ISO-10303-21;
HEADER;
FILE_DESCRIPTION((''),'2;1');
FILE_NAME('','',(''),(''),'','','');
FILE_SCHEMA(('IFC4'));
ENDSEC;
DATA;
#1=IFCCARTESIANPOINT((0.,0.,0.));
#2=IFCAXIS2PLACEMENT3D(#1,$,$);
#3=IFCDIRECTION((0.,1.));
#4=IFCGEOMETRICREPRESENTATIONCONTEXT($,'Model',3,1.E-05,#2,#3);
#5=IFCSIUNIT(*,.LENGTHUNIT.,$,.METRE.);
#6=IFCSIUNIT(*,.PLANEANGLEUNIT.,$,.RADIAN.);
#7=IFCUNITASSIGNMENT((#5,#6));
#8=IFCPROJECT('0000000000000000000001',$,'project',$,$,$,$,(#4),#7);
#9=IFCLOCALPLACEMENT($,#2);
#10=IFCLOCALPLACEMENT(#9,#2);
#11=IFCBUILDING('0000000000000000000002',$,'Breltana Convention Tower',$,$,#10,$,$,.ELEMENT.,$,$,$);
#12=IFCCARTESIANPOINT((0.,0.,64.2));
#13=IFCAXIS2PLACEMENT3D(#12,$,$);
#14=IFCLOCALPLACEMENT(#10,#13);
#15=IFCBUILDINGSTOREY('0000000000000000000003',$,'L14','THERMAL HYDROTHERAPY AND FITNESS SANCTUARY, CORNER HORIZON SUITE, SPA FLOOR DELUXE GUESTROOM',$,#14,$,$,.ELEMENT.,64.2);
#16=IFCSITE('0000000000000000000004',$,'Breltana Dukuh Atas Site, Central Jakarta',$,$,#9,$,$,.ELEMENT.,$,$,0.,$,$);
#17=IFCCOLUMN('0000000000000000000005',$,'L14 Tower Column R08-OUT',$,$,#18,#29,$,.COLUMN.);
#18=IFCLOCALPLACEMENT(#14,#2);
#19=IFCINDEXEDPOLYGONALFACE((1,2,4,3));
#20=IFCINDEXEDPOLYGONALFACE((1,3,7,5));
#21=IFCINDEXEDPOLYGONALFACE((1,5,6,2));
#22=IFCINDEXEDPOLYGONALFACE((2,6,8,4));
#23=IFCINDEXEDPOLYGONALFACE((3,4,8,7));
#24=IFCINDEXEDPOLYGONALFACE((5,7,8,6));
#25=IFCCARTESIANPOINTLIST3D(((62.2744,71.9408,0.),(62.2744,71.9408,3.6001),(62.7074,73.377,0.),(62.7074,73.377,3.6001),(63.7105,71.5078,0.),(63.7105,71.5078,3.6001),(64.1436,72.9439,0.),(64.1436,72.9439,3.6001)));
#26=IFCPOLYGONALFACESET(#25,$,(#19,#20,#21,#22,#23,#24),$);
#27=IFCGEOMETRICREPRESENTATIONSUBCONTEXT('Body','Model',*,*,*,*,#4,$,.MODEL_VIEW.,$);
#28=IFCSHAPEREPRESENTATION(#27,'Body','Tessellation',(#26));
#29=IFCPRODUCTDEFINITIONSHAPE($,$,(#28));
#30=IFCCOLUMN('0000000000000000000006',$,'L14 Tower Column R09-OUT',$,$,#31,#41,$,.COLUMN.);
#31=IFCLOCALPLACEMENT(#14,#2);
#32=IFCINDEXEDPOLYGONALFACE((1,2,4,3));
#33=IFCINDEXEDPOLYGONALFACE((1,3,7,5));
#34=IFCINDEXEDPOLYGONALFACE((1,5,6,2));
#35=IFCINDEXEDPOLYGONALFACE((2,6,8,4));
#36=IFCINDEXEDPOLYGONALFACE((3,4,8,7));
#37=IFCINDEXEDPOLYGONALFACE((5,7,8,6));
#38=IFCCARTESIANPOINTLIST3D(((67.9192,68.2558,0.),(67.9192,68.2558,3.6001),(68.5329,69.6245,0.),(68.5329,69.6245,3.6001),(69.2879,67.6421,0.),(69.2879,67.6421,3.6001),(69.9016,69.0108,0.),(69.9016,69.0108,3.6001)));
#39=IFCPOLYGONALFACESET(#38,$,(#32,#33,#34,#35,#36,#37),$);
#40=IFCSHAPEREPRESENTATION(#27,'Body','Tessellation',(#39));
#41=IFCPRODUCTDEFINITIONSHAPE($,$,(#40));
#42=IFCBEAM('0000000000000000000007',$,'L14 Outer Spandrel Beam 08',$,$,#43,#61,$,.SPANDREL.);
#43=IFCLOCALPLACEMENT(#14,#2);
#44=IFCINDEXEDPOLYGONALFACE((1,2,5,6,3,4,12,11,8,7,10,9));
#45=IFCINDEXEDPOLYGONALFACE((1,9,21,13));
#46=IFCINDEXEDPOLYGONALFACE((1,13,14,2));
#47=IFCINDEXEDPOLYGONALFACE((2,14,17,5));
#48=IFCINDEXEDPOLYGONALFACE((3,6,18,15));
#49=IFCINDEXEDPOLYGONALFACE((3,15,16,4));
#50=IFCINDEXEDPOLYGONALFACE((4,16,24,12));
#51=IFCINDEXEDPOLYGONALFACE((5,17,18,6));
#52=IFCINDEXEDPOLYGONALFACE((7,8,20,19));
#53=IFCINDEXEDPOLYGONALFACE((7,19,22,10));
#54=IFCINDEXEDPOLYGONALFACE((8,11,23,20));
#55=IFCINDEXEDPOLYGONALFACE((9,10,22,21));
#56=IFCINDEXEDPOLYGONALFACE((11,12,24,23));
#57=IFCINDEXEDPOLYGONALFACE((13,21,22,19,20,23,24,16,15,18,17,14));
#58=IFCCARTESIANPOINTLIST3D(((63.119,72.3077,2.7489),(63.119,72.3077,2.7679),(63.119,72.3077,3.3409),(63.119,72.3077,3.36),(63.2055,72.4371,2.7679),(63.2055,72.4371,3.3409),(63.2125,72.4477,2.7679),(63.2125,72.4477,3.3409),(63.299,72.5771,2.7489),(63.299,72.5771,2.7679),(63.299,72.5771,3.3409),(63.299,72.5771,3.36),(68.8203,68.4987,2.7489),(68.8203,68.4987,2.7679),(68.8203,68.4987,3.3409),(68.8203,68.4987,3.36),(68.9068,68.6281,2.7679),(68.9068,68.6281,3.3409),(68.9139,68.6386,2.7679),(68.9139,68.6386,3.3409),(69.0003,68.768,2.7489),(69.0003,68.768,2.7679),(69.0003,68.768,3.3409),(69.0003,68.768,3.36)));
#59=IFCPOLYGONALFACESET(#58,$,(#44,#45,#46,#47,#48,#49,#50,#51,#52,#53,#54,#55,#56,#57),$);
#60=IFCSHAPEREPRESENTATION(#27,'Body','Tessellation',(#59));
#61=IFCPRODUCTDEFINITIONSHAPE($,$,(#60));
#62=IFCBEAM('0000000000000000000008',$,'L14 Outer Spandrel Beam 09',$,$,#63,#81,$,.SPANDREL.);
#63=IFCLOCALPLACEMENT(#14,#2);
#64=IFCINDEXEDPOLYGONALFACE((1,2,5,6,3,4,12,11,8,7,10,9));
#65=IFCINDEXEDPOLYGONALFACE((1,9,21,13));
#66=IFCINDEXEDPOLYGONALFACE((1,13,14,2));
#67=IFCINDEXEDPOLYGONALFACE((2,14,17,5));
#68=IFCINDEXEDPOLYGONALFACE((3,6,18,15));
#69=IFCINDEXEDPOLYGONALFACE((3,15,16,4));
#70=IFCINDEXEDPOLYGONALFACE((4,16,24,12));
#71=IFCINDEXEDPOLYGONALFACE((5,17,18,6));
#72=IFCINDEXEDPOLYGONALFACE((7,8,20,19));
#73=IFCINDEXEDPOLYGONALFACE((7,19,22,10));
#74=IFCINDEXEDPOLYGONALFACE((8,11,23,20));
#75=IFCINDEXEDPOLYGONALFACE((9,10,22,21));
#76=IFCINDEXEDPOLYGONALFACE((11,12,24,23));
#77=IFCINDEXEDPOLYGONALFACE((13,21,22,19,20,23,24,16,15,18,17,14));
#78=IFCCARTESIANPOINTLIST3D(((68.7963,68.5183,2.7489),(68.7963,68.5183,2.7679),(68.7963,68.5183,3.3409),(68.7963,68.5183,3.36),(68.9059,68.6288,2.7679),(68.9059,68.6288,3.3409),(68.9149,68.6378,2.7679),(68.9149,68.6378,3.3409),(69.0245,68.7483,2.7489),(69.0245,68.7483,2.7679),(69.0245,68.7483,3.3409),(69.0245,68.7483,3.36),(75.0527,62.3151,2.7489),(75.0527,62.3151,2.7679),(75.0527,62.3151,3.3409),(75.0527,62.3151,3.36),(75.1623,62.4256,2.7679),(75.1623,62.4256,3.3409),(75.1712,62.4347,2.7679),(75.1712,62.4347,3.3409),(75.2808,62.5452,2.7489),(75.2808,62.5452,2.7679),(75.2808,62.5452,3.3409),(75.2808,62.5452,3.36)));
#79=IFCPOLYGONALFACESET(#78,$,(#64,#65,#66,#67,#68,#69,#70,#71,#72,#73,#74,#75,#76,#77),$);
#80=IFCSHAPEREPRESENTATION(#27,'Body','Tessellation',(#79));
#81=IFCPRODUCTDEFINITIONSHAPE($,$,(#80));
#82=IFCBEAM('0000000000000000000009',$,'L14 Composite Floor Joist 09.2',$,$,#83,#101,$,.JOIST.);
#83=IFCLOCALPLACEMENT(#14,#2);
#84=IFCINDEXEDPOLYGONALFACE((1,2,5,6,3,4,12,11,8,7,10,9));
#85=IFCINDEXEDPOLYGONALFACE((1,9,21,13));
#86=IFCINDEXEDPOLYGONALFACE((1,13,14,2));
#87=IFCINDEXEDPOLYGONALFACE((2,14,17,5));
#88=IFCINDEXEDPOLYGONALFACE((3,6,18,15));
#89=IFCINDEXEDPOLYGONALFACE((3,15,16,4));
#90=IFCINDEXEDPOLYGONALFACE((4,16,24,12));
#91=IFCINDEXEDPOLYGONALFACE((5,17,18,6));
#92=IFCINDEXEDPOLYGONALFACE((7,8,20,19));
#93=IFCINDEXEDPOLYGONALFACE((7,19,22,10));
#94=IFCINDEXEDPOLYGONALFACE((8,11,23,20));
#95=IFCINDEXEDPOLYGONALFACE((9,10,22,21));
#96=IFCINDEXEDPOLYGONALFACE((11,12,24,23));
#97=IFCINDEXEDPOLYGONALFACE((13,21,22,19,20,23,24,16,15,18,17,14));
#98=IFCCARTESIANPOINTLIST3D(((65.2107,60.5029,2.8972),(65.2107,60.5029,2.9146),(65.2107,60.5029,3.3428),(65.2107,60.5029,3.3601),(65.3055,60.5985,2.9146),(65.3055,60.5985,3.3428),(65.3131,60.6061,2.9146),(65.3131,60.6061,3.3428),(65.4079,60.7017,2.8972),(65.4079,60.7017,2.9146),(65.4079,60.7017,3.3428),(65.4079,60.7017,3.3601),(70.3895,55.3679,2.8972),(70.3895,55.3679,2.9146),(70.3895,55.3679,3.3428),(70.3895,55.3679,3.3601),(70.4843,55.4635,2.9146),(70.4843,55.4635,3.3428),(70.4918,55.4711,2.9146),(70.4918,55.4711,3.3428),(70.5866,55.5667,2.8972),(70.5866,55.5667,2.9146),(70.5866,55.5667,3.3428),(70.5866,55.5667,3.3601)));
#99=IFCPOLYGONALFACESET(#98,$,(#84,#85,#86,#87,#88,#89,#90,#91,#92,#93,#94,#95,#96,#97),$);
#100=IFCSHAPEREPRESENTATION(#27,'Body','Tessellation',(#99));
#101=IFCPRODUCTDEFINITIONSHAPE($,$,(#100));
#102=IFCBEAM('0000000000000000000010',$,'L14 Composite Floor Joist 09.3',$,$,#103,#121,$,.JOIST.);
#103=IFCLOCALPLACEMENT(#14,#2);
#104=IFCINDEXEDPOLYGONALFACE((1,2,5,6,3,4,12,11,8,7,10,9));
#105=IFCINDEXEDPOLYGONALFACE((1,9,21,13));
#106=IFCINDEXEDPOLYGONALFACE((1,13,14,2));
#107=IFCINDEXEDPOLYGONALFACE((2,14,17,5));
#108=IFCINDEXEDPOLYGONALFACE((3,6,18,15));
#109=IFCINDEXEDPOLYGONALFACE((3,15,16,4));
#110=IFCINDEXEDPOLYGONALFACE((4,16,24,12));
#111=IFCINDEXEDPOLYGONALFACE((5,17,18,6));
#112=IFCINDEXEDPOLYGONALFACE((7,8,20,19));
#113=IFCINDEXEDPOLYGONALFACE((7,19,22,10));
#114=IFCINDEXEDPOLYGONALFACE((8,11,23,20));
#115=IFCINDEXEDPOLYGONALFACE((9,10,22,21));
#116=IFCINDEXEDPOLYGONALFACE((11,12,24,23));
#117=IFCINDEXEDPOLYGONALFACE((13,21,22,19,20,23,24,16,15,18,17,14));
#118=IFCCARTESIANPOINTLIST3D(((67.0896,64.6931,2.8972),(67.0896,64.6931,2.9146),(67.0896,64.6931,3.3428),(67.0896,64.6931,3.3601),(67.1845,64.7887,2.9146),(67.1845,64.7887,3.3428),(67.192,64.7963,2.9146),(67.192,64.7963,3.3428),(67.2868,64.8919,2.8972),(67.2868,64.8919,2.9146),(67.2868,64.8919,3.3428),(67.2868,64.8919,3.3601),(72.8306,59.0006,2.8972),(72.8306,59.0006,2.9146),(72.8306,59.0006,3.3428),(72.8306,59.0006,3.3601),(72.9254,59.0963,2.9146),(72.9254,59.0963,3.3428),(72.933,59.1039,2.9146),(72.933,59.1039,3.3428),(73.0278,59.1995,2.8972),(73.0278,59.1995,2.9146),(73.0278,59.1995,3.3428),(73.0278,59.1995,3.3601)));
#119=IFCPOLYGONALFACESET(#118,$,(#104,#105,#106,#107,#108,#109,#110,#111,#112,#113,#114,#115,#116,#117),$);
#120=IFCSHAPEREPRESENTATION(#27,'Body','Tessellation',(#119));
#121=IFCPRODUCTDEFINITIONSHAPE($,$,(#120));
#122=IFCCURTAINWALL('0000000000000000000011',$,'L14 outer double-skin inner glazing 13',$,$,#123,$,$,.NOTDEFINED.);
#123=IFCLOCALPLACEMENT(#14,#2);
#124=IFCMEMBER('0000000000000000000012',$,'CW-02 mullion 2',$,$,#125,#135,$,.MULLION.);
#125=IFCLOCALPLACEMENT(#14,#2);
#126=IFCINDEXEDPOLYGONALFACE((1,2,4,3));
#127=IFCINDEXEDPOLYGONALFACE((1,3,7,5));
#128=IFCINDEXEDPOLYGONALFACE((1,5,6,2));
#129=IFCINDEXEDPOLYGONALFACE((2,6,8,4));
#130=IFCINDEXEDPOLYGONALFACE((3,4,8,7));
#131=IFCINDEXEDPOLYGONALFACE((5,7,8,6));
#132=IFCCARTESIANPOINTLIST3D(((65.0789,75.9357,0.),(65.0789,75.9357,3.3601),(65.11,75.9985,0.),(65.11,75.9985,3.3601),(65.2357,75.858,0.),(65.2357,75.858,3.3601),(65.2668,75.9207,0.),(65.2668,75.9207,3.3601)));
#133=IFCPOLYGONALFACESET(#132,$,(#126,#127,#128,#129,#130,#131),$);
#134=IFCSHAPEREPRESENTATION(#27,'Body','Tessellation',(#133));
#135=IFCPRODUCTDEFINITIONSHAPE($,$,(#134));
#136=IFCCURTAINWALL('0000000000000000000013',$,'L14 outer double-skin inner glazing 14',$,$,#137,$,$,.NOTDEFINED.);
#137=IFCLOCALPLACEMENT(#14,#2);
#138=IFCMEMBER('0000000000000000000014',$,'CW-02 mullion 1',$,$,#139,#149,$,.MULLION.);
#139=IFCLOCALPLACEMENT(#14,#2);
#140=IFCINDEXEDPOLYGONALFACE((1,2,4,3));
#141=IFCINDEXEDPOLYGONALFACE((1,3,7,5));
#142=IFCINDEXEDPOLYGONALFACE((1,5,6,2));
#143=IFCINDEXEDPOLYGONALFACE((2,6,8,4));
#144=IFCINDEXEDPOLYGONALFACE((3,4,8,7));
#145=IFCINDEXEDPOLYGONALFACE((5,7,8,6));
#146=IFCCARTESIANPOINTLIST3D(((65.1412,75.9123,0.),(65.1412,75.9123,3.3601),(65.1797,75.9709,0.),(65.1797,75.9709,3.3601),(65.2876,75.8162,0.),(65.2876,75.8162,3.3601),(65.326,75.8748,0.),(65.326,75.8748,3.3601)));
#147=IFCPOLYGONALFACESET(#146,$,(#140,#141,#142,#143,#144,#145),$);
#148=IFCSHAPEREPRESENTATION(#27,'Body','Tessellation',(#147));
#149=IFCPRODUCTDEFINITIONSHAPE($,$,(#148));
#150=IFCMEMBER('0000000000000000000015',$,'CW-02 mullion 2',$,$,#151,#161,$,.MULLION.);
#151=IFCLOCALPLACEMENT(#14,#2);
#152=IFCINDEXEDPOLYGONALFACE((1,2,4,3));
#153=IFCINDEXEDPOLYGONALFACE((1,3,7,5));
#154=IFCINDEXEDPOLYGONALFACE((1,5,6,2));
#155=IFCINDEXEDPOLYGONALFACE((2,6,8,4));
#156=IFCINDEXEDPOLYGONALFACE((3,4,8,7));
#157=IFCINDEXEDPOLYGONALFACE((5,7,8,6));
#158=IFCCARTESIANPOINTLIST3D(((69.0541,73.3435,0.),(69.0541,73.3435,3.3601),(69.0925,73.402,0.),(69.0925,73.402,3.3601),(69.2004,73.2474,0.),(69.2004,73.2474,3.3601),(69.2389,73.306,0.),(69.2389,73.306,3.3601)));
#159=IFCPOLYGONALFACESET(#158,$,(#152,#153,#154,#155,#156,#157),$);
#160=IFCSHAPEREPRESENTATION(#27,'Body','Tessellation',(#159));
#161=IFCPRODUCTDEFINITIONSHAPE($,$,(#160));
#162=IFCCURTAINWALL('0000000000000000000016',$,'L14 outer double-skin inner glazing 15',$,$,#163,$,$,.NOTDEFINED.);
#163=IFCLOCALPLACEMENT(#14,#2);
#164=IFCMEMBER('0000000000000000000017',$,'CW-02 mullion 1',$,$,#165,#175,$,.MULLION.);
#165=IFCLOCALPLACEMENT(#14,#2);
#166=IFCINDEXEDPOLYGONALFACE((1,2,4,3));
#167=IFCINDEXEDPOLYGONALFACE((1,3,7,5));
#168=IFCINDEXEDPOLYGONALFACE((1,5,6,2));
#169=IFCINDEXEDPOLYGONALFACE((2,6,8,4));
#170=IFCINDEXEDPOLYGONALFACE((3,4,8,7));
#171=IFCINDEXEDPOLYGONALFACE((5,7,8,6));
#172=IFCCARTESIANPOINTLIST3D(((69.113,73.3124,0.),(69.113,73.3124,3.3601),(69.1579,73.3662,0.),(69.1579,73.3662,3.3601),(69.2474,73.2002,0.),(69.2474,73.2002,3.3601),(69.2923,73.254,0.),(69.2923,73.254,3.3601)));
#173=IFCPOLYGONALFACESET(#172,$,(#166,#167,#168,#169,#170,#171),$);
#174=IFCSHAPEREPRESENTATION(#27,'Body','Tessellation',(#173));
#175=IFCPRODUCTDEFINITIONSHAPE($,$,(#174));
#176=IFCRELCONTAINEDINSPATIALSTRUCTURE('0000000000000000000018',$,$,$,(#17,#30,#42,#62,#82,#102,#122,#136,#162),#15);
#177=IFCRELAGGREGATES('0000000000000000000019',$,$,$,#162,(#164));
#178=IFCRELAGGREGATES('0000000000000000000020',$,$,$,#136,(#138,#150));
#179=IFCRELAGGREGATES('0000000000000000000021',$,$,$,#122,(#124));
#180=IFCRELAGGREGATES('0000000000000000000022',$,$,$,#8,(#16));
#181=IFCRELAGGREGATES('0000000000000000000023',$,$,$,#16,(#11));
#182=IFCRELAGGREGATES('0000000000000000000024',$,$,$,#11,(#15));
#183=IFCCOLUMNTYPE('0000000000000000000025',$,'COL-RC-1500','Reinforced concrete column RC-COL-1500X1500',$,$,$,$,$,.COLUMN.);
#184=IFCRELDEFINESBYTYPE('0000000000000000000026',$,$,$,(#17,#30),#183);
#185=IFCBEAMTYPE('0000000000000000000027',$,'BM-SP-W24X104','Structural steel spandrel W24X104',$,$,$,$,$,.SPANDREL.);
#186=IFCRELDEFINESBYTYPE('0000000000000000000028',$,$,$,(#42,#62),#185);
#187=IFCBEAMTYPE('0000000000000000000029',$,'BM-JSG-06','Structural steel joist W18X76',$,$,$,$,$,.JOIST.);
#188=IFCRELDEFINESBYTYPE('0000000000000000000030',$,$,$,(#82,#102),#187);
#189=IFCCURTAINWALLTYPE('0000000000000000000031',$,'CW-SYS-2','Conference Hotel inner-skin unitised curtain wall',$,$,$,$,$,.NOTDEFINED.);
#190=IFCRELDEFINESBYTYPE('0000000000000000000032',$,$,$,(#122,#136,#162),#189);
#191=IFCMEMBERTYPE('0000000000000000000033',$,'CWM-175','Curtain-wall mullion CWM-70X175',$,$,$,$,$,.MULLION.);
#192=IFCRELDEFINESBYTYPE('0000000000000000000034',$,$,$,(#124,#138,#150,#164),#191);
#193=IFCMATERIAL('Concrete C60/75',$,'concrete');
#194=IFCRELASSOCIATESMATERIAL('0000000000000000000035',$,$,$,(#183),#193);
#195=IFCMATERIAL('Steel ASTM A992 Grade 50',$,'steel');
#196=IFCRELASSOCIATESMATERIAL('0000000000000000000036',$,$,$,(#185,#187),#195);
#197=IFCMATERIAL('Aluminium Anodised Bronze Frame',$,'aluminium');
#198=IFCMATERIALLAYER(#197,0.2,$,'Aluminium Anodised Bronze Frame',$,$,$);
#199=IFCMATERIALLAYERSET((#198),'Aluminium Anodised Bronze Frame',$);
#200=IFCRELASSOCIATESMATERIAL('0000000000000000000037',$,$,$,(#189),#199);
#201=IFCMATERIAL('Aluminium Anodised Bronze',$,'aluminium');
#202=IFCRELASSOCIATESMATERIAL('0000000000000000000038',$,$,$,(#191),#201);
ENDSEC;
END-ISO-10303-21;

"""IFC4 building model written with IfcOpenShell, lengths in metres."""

from ifc_helpers import new_model, si_unit, direction, frame, origin, origin_2d, place, context, subcontext, project, spatial, rectangle, i_section, extrude, source, transform, mapped, material, layer, layer_set, material_profile, profile_set, type_object, type_shapes, element, aggregate, save


model = new_model("IFC4")

# Units and contexts
model_context = context("Model", 3, precision=1e-05, world=origin(), true_north=direction((0.0, 1.0)))
body_context = subcontext(model_context, "Body", "Model", "MODEL_VIEW")
ifc_project = project(units=[si_unit("LENGTHUNIT", "METRE"), si_unit("PLANEANGLEUNIT", "RADIAN")], contexts=[model_context])

# Site, building, storey
site_placement = place(None, origin())
site = spatial("IfcSite", under=ifc_project, at=site_placement, Name="Breltana Dukuh Atas Site, Central Jakarta", CompositionType="ELEMENT", RefElevation=0.0)
building_placement = place(site_placement, origin())
building = spatial("IfcBuilding", under=site, at=building_placement, Name="Breltana Convention Tower", CompositionType="ELEMENT")
storey_placement = place(building_placement, frame((0.0, 0.0, 64.2)))
storey = spatial("IfcBuildingStorey", under=building, at=storey_placement, Name="L14", Description="THERMAL HYDROTHERAPY AND FITNESS SANCTUARY, CORNER HORIZON SUITE, SPA FLOOR DELUXE GUESTROOM", CompositionType="ELEMENT", Elevation=64.2)

# Columns
ifc_material_1 = material(Name="Concrete C60/75", Category="concrete")
ifc_material_profile_1 = material_profile(ifc_material_1, rectangle(XDim=1.5, YDim=1.5, at=origin_2d()), Name="RC-COL-1500X1500")
ifc_profile_set_1 = profile_set([ifc_material_profile_1], Name="Concrete C60/75")
column_type = type_object("IfcColumnType", Name="COL-RC-1500", Description="Reinforced concrete column RC-COL-1500X1500", PredefinedType="COLUMN", material=ifc_profile_set_1)
shared_shape_1 = source(origin(), body_context, "Body", "SweptSolid", [
    extrude(rectangle(XDim=1.5, YDim=1.5, at=origin_2d()), origin(), (0.0, 0.0, 1.0), 3.6001),
])
for number, where, z_axis, x_axis, name in (
    (1, (63.209, 72.4424, 0.0), (0.0, 0.0, 1.0), (0.288698, 0.95742, 0.0), "L14 Tower Column R08-OUT"),
    (2, (68.9104, 68.6333, 0.0), (0.0, 0.0, 1.0), (0.409127, 0.912477, 0.0), "L14 Tower Column R09-OUT"),
):
    element("IfcColumn", number, at=place(storey_placement, frame(where, z_axis=z_axis, x_axis=x_axis)), inside=storey, type_object=column_type, Name=name, PredefinedType="COLUMN", context=body_context, shape_type="MappedRepresentation", body=[
        mapped(shared_shape_1, transform((0.0, 0.0, 0.0), scale=1.0)),
    ])

# Beams
ifc_material_2 = material(Name="Steel ASTM A992 Grade 50", Category="steel")
ifc_material_profile_2 = material_profile(ifc_material_2, i_section(OverallWidth=0.324, OverallDepth=0.6111, WebThickness=0.0127, FlangeThickness=0.019, at=origin_2d()), Name="W24X104")
ifc_profile_set_2 = profile_set([ifc_material_profile_2], Name="Steel ASTM A992 Grade 50")
beam_type_1 = type_object("IfcBeamType", Name="BM-SP-W24X104", Description="Structural steel spandrel W24X104", PredefinedType="SPANDREL", material=ifc_profile_set_2)
shared_shape_2 = source(origin(), body_context, "Body", "SweptSolid", [
    extrude(i_section(OverallWidth=0.324, OverallDepth=0.6111, WebThickness=0.0127, FlangeThickness=0.019, at=origin_2d()), origin(), (0.0, 0.0, 1.0), 6.8567),
])
beam_1_placement = place(storey_placement, frame((63.209, 72.4424, 3.0544), z_axis=(0.831502, -0.555522, 0.0), x_axis=(0.555522, 0.831502, 0.0)))
element("IfcBeam", 3, at=beam_1_placement, inside=storey, type_object=beam_type_1, Name="L14 Outer Spandrel Beam 08", PredefinedType="SPANDREL", context=body_context, shape_type="MappedRepresentation", body=[
    mapped(shared_shape_2, transform((0.0, 0.0, 0.0), scale=1.0)),
])
shared_shape_3 = source(origin(), body_context, "Body", "SweptSolid", [
    extrude(i_section(OverallWidth=0.324, OverallDepth=0.6111, WebThickness=0.0127, FlangeThickness=0.019, at=origin_2d()), origin(), (0.0, 0.0, 1.0), 8.8103),
])
beam_2_placement = place(storey_placement, frame((68.9104, 68.6333, 3.0544), z_axis=(0.710121, -0.70408, 0.0), x_axis=(0.70408, 0.710121, 0.0)))
element("IfcBeam", 4, at=beam_2_placement, inside=storey, type_object=beam_type_1, Name="L14 Outer Spandrel Beam 09", PredefinedType="SPANDREL", context=body_context, shape_type="MappedRepresentation", body=[
    mapped(shared_shape_3, transform((0.0, 0.0, 0.0), scale=1.0)),
])
ifc_material_profile_3 = material_profile(ifc_material_2, i_section(OverallWidth=0.28, OverallDepth=0.4629, WebThickness=0.0107, FlangeThickness=0.0173, at=origin_2d()), Name="W18X76")
ifc_profile_set_3 = profile_set([ifc_material_profile_3], Name="Steel ASTM A992 Grade 50")
beam_type_2 = type_object("IfcBeamType", Name="BM-JSG-06", Description="Structural steel joist W18X76", PredefinedType="JOIST", material=ifc_profile_set_3)
shared_shape_4 = source(origin(), body_context, "Body", "SweptSolid", [
    extrude(i_section(OverallWidth=0.28, OverallDepth=0.4629, WebThickness=0.0107, FlangeThickness=0.0173, at=origin_2d()), origin(), (0.0, 0.0, 1.0), 7.293),
])
beam_3_placement = place(storey_placement, frame((65.3093, 60.6023, 3.1287), z_axis=(0.710097, -0.704104, 0.0), x_axis=(0.704104, 0.710097, 0.0)))
element("IfcBeam", 5, at=beam_3_placement, inside=storey, type_object=beam_type_2, Name="L14 Composite Floor Joist 09.2", PredefinedType="JOIST", context=body_context, shape_type="MappedRepresentation", body=[
    mapped(shared_shape_4, transform((0.0, 0.0, 0.0), scale=1.0)),
])
shared_shape_5 = source(origin(), body_context, "Body", "SweptSolid", [
    extrude(i_section(OverallWidth=0.28, OverallDepth=0.4629, WebThickness=0.0107, FlangeThickness=0.0173, at=origin_2d()), origin(), (0.0, 0.0, 1.0), 8.0847),
])
beam_4_placement = place(storey_placement, frame((67.1882, 64.7925, 3.1287), z_axis=(0.710105, -0.704096, 0.0), x_axis=(0.704096, 0.710105, 0.0)))
element("IfcBeam", 6, at=beam_4_placement, inside=storey, type_object=beam_type_2, Name="L14 Composite Floor Joist 09.3", PredefinedType="JOIST", context=body_context, shape_type="MappedRepresentation", body=[
    mapped(shared_shape_5, transform((0.0, 0.0, 0.0), scale=1.0)),
])

# Curtain wall, member
ifc_material_3 = material(Name="Aluminium Anodised Bronze Frame", Category="aluminium")
ifc_layer_1 = layer(ifc_material_3, 0.2, Name="Aluminium Anodised Bronze Frame")
ifc_layer_set_1 = layer_set([ifc_layer_1], Name="Aluminium Anodised Bronze Frame")
curtain_wall_type = type_object("IfcCurtainWallType", Name="CW-SYS-2", Description="Conference Hotel inner-skin unitised curtain wall", PredefinedType="NOTDEFINED", material=ifc_layer_set_1)
curtain_wall_1_placement = place(storey_placement, origin())
curtain_wall_1 = element("IfcCurtainWall", 7, at=curtain_wall_1_placement, inside=storey, type_object=curtain_wall_type, Name="L14 outer double-skin inner glazing 13", PredefinedType="NOTDEFINED")
ifc_material_4 = material(Name="Aluminium Anodised Bronze", Category="aluminium")
ifc_material_profile_4 = material_profile(ifc_material_4, rectangle(XDim=0.0701, YDim=0.175, at=origin_2d()), Name="CWM-70X175")
ifc_profile_set_4 = profile_set([ifc_material_profile_4], Name="Aluminium Anodised Bronze")
member_type_1 = type_object("IfcMemberType", Name="CWM-175", Description="Curtain-wall mullion CWM-70X175", PredefinedType="MULLION", material=ifc_profile_set_4)
shared_shape_6 = source(origin(), body_context, "Body", "SweptSolid", [
    extrude(rectangle(XDim=0.0701, YDim=0.175, at=origin_2d()), origin(), (0.0, 0.0, 1.0), 3.3601),
])
type_shapes(member_type_1, [shared_shape_6])
member_1_placement = place(storey_placement, frame((65.1729, 75.9282, 0.0), z_axis=(0.0, 0.0, 1.0), x_axis=(0.444108, 0.895973, 0.0)))
member_1 = element("IfcMember", 8, at=member_1_placement, type_object=member_type_1, Name="CW-02 mullion 2", PredefinedType="MULLION", context=body_context, shape_type="MappedRepresentation", body=[
    mapped(shared_shape_6, transform((0.0, 0.0, 0.0), scale=1.0)),
])

# Curtain walls, members
curtain_wall_2_placement = place(storey_placement, origin())
curtain_wall_2 = element("IfcCurtainWall", 9, at=curtain_wall_2_placement, inside=storey, type_object=curtain_wall_type, Name="L14 outer double-skin inner glazing 14", PredefinedType="NOTDEFINED")
member_2_placement = place(storey_placement, frame((65.2336, 75.8936, 0.0), z_axis=(0.0, 0.0, 1.0), x_axis=(0.548784, 0.835964, 0.0)))
member_2 = element("IfcMember", 10, at=member_2_placement, type_object=member_type_1, Name="CW-02 mullion 1", PredefinedType="MULLION", context=body_context, shape_type="MappedRepresentation", body=[
    mapped(shared_shape_6, transform((0.0, 0.0, 0.0), scale=1.0)),
])
member_3_placement = place(storey_placement, frame((69.1465, 73.3247, 0.0), z_axis=(0.0, 0.0, 1.0), x_axis=(0.548784, 0.835964, 0.0)))
member_3 = element("IfcMember", 11, at=member_3_placement, type_object=member_type_1, Name="CW-02 mullion 2", PredefinedType="MULLION", context=body_context, shape_type="MappedRepresentation", body=[
    mapped(shared_shape_6, transform((0.0, 0.0, 0.0), scale=1.0)),
])
curtain_wall_3_placement = place(storey_placement, origin())
curtain_wall_3 = element("IfcCurtainWall", 12, at=curtain_wall_3_placement, inside=storey, type_object=curtain_wall_type, Name="L14 outer double-skin inner glazing 15", PredefinedType="NOTDEFINED")
member_4_placement = place(storey_placement, frame((69.2026, 73.2832, 0.0), z_axis=(0.0, 0.0, 1.0), x_axis=(0.64052, 0.767941, 0.0)))
member_4 = element("IfcMember", 13, at=member_4_placement, type_object=member_type_1, Name="CW-02 mullion 1", PredefinedType="MULLION", context=body_context, shape_type="MappedRepresentation", body=[
    mapped(shared_shape_6, transform((0.0, 0.0, 0.0), scale=1.0)),
])
aggregate(curtain_wall_3, [member_4])

aggregate(curtain_wall_2, [member_2, member_3])
aggregate(curtain_wall_1, [member_1])

save(model, "model.ifc")
